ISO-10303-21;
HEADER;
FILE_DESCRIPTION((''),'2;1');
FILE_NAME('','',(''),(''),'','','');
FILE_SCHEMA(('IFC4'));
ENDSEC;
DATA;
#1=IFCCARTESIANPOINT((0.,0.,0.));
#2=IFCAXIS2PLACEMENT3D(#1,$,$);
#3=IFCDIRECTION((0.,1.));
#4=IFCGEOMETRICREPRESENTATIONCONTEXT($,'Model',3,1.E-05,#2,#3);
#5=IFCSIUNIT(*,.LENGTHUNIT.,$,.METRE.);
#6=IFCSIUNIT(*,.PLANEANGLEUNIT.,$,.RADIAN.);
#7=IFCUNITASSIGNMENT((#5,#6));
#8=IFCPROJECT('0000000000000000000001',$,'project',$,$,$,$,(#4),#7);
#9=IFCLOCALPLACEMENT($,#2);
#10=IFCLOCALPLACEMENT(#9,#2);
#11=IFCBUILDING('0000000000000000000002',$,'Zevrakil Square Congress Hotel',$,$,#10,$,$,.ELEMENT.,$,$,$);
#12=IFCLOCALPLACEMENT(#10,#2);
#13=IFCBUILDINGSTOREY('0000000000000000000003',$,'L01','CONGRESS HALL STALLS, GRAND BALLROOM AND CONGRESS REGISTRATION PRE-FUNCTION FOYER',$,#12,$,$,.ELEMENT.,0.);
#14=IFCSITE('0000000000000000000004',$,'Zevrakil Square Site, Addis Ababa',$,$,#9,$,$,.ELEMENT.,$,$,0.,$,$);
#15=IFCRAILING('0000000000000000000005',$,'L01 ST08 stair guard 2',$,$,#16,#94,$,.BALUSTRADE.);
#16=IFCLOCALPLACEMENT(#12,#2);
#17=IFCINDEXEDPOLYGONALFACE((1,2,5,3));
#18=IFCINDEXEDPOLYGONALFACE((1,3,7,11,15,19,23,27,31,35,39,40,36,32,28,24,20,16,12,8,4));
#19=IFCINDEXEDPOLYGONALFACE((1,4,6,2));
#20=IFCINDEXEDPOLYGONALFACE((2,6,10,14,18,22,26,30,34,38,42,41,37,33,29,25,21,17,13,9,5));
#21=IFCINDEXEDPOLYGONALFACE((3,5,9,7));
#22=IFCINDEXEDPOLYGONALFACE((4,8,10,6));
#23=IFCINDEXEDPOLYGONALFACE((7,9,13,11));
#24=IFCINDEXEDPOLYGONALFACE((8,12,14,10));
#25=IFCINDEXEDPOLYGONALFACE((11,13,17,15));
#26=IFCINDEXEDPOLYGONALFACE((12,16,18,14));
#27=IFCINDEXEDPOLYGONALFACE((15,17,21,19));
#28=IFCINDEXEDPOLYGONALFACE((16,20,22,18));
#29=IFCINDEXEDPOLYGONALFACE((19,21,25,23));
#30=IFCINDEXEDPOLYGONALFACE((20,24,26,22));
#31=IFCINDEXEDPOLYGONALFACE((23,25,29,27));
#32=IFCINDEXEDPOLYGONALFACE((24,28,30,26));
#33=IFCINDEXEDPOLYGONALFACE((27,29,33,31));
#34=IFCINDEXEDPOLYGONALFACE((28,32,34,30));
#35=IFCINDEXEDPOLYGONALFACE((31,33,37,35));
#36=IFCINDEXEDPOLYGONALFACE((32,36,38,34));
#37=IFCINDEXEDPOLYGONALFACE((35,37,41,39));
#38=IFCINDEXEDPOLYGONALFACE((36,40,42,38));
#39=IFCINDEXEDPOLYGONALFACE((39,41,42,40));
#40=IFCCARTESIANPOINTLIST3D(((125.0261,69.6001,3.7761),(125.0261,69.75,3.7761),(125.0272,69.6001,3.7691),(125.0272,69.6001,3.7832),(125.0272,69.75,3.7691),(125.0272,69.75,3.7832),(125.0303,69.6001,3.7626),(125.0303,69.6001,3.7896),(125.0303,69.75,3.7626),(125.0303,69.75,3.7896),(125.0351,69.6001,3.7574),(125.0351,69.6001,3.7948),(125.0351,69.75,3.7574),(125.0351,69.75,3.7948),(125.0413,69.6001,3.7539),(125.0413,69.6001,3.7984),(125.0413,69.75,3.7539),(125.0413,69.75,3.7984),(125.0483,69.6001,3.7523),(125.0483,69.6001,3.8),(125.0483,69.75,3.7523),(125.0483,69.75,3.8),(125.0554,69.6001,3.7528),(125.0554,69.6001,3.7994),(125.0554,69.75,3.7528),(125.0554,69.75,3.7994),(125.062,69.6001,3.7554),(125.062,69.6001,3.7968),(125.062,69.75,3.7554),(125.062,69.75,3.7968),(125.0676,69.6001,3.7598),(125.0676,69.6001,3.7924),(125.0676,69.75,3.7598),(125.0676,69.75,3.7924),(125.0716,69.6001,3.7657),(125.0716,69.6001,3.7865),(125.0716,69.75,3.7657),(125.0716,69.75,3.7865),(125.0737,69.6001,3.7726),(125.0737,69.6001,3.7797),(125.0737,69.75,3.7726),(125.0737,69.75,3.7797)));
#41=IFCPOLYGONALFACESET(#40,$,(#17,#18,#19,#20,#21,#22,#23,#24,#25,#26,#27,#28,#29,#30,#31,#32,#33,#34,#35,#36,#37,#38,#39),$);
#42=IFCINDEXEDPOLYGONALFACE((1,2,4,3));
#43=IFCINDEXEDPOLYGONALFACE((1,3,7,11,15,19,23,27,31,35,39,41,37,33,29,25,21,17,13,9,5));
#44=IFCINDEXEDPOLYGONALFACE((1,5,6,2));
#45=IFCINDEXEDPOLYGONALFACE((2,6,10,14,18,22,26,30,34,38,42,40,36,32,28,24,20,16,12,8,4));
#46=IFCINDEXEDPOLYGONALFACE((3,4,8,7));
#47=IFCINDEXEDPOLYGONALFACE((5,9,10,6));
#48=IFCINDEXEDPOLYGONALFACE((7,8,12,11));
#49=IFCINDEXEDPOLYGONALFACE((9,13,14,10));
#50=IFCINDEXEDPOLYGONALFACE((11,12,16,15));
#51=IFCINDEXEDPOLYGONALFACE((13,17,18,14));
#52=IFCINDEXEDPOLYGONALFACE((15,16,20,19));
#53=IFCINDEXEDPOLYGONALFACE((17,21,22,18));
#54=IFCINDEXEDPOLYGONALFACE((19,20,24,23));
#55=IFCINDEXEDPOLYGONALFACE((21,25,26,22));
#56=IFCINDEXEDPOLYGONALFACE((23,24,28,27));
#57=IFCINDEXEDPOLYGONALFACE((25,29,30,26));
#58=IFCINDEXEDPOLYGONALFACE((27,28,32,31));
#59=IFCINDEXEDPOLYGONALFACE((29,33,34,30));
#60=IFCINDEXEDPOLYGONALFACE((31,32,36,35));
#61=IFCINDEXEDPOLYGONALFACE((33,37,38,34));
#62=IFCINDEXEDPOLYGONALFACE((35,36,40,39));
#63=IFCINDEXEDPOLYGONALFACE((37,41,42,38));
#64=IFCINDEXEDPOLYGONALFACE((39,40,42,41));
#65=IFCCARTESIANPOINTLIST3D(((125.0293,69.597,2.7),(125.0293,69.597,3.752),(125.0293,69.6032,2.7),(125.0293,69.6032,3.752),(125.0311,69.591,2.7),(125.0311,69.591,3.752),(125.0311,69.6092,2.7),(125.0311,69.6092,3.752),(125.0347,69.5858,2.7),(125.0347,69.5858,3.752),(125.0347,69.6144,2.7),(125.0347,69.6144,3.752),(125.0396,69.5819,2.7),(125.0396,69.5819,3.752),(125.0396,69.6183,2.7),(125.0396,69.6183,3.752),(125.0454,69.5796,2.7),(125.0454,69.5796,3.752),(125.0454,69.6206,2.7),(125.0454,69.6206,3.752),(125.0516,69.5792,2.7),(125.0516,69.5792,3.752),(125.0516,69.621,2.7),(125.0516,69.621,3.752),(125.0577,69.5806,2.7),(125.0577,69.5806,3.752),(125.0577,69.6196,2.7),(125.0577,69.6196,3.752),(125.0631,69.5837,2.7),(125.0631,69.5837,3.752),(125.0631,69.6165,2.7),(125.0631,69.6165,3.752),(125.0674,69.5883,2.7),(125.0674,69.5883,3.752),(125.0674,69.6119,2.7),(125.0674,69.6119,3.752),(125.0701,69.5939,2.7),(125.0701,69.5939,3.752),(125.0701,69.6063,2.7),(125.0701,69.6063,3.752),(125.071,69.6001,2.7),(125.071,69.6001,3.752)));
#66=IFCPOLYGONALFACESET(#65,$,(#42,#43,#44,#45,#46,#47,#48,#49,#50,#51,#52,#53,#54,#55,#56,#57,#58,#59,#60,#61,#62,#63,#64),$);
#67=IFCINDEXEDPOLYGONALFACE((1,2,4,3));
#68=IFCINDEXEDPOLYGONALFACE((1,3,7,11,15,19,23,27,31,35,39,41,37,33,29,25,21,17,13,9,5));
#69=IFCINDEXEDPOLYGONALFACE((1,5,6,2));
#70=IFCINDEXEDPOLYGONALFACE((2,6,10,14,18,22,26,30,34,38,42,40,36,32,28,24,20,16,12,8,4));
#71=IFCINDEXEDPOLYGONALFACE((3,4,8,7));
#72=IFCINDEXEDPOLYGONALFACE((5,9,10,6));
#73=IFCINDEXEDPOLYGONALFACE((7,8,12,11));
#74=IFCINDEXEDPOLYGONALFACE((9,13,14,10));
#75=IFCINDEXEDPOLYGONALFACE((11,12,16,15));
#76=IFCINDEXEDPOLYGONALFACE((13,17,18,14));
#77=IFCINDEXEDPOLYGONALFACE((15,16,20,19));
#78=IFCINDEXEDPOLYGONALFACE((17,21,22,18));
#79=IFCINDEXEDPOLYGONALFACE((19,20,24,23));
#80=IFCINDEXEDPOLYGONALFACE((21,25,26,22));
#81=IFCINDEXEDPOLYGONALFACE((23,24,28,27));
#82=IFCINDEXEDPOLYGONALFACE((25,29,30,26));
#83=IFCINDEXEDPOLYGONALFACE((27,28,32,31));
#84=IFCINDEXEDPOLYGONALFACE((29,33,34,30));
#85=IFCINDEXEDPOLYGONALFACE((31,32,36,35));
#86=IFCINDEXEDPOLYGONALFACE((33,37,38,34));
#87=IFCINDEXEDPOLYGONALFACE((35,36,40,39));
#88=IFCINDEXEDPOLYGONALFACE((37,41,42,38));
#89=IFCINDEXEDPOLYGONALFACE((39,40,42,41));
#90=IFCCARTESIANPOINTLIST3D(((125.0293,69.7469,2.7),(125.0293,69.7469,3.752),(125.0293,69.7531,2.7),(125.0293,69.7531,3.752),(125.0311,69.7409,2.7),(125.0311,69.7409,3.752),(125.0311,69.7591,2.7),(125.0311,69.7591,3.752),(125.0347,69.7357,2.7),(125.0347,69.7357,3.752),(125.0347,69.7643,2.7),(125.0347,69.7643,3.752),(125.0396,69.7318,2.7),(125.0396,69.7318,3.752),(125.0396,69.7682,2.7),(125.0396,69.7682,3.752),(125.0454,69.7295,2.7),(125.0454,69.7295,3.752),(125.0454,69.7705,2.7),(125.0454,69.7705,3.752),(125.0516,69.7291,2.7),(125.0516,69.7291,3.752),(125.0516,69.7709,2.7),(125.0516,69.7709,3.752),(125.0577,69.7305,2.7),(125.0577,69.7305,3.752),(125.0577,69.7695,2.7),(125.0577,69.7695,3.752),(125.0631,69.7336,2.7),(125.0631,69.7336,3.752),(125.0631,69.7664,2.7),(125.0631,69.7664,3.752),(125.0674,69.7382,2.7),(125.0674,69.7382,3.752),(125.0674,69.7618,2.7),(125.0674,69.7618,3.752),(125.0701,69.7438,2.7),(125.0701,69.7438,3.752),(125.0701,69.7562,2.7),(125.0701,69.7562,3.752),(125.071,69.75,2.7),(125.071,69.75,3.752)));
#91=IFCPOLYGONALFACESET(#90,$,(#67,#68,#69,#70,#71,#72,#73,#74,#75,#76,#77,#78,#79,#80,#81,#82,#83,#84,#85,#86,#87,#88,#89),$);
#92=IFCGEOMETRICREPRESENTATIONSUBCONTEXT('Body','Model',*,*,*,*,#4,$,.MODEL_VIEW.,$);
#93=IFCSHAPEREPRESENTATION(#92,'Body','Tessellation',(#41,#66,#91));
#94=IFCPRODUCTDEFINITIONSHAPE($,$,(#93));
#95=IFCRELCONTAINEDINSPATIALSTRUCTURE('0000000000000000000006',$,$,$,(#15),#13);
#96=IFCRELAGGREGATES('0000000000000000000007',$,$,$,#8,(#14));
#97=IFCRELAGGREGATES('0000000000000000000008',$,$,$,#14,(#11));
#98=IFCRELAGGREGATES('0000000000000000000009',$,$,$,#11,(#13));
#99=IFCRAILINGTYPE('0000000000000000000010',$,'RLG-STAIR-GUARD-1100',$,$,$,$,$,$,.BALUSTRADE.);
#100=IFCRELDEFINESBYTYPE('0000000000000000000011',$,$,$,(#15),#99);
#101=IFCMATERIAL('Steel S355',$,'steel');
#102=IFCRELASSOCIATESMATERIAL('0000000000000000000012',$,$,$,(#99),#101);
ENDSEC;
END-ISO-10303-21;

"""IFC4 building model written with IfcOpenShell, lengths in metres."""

from ifc_helpers import new_model, si_unit, direction, frame, origin, origin_2d, place, context, subcontext, project, spatial, circle, extrude, material, type_object, element, save


model = new_model("IFC4")

# Units and contexts
model_context = context("Model", 3, precision=1e-05, world=origin(), true_north=direction((0.0, 1.0)))
body_context = subcontext(model_context, "Body", "Model", "MODEL_VIEW")
ifc_project = project(units=[si_unit("LENGTHUNIT", "METRE"), si_unit("PLANEANGLEUNIT", "RADIAN")], contexts=[model_context])

# Site, building, storey
site_placement = place(None, origin())
site = spatial("IfcSite", under=ifc_project, at=site_placement, Name="Zevrakil Square Site, Addis Ababa", CompositionType="ELEMENT", RefElevation=0.0)
building_placement = place(site_placement, origin())
building = spatial("IfcBuilding", under=site, at=building_placement, Name="Zevrakil Square Congress Hotel", CompositionType="ELEMENT")
storey_placement = place(building_placement, origin())
storey = spatial("IfcBuildingStorey", under=building, at=storey_placement, Name="L01", Description="CONGRESS HALL STALLS, GRAND BALLROOM AND CONGRESS REGISTRATION PRE-FUNCTION FOYER", CompositionType="ELEMENT", Elevation=0.0)

# Railing
ifc_material_1 = material(Name="Steel S355", Category="steel")
railing_type_1 = type_object("IfcRailingType", Name="RLG-STAIR-GUARD-1100", PredefinedType="BALUSTRADE", material=ifc_material_1)
railing_1_placement = place(storey_placement, frame((125.05, 69.6001, 2.7)))
element("IfcRailing", 1, at=railing_1_placement, inside=storey, type_object=railing_type_1, Name="L01 ST08 stair guard 2", PredefinedType="BALUSTRADE", context=body_context, shape_type="SweptSolid", body=[
    extrude(circle(Radius=0.0239, at=origin_2d()), frame((0.0, 0.0, 1.0762), z_axis=(0.0, 1.0, 0.0), x_axis=(-1.0, 0.0, 0.0)), (0.0, 0.0, 1.0), 0.1499),
    extrude(circle(Radius=0.021, at=origin_2d()), origin(), (0.0, 0.0, 1.0), 1.052),
    extrude(circle(Radius=0.021, at=origin_2d()), frame((0.0, 0.1499, 0.0)), (0.0, 0.0, 1.0), 1.052),
])

save(model, "model.ifc")
